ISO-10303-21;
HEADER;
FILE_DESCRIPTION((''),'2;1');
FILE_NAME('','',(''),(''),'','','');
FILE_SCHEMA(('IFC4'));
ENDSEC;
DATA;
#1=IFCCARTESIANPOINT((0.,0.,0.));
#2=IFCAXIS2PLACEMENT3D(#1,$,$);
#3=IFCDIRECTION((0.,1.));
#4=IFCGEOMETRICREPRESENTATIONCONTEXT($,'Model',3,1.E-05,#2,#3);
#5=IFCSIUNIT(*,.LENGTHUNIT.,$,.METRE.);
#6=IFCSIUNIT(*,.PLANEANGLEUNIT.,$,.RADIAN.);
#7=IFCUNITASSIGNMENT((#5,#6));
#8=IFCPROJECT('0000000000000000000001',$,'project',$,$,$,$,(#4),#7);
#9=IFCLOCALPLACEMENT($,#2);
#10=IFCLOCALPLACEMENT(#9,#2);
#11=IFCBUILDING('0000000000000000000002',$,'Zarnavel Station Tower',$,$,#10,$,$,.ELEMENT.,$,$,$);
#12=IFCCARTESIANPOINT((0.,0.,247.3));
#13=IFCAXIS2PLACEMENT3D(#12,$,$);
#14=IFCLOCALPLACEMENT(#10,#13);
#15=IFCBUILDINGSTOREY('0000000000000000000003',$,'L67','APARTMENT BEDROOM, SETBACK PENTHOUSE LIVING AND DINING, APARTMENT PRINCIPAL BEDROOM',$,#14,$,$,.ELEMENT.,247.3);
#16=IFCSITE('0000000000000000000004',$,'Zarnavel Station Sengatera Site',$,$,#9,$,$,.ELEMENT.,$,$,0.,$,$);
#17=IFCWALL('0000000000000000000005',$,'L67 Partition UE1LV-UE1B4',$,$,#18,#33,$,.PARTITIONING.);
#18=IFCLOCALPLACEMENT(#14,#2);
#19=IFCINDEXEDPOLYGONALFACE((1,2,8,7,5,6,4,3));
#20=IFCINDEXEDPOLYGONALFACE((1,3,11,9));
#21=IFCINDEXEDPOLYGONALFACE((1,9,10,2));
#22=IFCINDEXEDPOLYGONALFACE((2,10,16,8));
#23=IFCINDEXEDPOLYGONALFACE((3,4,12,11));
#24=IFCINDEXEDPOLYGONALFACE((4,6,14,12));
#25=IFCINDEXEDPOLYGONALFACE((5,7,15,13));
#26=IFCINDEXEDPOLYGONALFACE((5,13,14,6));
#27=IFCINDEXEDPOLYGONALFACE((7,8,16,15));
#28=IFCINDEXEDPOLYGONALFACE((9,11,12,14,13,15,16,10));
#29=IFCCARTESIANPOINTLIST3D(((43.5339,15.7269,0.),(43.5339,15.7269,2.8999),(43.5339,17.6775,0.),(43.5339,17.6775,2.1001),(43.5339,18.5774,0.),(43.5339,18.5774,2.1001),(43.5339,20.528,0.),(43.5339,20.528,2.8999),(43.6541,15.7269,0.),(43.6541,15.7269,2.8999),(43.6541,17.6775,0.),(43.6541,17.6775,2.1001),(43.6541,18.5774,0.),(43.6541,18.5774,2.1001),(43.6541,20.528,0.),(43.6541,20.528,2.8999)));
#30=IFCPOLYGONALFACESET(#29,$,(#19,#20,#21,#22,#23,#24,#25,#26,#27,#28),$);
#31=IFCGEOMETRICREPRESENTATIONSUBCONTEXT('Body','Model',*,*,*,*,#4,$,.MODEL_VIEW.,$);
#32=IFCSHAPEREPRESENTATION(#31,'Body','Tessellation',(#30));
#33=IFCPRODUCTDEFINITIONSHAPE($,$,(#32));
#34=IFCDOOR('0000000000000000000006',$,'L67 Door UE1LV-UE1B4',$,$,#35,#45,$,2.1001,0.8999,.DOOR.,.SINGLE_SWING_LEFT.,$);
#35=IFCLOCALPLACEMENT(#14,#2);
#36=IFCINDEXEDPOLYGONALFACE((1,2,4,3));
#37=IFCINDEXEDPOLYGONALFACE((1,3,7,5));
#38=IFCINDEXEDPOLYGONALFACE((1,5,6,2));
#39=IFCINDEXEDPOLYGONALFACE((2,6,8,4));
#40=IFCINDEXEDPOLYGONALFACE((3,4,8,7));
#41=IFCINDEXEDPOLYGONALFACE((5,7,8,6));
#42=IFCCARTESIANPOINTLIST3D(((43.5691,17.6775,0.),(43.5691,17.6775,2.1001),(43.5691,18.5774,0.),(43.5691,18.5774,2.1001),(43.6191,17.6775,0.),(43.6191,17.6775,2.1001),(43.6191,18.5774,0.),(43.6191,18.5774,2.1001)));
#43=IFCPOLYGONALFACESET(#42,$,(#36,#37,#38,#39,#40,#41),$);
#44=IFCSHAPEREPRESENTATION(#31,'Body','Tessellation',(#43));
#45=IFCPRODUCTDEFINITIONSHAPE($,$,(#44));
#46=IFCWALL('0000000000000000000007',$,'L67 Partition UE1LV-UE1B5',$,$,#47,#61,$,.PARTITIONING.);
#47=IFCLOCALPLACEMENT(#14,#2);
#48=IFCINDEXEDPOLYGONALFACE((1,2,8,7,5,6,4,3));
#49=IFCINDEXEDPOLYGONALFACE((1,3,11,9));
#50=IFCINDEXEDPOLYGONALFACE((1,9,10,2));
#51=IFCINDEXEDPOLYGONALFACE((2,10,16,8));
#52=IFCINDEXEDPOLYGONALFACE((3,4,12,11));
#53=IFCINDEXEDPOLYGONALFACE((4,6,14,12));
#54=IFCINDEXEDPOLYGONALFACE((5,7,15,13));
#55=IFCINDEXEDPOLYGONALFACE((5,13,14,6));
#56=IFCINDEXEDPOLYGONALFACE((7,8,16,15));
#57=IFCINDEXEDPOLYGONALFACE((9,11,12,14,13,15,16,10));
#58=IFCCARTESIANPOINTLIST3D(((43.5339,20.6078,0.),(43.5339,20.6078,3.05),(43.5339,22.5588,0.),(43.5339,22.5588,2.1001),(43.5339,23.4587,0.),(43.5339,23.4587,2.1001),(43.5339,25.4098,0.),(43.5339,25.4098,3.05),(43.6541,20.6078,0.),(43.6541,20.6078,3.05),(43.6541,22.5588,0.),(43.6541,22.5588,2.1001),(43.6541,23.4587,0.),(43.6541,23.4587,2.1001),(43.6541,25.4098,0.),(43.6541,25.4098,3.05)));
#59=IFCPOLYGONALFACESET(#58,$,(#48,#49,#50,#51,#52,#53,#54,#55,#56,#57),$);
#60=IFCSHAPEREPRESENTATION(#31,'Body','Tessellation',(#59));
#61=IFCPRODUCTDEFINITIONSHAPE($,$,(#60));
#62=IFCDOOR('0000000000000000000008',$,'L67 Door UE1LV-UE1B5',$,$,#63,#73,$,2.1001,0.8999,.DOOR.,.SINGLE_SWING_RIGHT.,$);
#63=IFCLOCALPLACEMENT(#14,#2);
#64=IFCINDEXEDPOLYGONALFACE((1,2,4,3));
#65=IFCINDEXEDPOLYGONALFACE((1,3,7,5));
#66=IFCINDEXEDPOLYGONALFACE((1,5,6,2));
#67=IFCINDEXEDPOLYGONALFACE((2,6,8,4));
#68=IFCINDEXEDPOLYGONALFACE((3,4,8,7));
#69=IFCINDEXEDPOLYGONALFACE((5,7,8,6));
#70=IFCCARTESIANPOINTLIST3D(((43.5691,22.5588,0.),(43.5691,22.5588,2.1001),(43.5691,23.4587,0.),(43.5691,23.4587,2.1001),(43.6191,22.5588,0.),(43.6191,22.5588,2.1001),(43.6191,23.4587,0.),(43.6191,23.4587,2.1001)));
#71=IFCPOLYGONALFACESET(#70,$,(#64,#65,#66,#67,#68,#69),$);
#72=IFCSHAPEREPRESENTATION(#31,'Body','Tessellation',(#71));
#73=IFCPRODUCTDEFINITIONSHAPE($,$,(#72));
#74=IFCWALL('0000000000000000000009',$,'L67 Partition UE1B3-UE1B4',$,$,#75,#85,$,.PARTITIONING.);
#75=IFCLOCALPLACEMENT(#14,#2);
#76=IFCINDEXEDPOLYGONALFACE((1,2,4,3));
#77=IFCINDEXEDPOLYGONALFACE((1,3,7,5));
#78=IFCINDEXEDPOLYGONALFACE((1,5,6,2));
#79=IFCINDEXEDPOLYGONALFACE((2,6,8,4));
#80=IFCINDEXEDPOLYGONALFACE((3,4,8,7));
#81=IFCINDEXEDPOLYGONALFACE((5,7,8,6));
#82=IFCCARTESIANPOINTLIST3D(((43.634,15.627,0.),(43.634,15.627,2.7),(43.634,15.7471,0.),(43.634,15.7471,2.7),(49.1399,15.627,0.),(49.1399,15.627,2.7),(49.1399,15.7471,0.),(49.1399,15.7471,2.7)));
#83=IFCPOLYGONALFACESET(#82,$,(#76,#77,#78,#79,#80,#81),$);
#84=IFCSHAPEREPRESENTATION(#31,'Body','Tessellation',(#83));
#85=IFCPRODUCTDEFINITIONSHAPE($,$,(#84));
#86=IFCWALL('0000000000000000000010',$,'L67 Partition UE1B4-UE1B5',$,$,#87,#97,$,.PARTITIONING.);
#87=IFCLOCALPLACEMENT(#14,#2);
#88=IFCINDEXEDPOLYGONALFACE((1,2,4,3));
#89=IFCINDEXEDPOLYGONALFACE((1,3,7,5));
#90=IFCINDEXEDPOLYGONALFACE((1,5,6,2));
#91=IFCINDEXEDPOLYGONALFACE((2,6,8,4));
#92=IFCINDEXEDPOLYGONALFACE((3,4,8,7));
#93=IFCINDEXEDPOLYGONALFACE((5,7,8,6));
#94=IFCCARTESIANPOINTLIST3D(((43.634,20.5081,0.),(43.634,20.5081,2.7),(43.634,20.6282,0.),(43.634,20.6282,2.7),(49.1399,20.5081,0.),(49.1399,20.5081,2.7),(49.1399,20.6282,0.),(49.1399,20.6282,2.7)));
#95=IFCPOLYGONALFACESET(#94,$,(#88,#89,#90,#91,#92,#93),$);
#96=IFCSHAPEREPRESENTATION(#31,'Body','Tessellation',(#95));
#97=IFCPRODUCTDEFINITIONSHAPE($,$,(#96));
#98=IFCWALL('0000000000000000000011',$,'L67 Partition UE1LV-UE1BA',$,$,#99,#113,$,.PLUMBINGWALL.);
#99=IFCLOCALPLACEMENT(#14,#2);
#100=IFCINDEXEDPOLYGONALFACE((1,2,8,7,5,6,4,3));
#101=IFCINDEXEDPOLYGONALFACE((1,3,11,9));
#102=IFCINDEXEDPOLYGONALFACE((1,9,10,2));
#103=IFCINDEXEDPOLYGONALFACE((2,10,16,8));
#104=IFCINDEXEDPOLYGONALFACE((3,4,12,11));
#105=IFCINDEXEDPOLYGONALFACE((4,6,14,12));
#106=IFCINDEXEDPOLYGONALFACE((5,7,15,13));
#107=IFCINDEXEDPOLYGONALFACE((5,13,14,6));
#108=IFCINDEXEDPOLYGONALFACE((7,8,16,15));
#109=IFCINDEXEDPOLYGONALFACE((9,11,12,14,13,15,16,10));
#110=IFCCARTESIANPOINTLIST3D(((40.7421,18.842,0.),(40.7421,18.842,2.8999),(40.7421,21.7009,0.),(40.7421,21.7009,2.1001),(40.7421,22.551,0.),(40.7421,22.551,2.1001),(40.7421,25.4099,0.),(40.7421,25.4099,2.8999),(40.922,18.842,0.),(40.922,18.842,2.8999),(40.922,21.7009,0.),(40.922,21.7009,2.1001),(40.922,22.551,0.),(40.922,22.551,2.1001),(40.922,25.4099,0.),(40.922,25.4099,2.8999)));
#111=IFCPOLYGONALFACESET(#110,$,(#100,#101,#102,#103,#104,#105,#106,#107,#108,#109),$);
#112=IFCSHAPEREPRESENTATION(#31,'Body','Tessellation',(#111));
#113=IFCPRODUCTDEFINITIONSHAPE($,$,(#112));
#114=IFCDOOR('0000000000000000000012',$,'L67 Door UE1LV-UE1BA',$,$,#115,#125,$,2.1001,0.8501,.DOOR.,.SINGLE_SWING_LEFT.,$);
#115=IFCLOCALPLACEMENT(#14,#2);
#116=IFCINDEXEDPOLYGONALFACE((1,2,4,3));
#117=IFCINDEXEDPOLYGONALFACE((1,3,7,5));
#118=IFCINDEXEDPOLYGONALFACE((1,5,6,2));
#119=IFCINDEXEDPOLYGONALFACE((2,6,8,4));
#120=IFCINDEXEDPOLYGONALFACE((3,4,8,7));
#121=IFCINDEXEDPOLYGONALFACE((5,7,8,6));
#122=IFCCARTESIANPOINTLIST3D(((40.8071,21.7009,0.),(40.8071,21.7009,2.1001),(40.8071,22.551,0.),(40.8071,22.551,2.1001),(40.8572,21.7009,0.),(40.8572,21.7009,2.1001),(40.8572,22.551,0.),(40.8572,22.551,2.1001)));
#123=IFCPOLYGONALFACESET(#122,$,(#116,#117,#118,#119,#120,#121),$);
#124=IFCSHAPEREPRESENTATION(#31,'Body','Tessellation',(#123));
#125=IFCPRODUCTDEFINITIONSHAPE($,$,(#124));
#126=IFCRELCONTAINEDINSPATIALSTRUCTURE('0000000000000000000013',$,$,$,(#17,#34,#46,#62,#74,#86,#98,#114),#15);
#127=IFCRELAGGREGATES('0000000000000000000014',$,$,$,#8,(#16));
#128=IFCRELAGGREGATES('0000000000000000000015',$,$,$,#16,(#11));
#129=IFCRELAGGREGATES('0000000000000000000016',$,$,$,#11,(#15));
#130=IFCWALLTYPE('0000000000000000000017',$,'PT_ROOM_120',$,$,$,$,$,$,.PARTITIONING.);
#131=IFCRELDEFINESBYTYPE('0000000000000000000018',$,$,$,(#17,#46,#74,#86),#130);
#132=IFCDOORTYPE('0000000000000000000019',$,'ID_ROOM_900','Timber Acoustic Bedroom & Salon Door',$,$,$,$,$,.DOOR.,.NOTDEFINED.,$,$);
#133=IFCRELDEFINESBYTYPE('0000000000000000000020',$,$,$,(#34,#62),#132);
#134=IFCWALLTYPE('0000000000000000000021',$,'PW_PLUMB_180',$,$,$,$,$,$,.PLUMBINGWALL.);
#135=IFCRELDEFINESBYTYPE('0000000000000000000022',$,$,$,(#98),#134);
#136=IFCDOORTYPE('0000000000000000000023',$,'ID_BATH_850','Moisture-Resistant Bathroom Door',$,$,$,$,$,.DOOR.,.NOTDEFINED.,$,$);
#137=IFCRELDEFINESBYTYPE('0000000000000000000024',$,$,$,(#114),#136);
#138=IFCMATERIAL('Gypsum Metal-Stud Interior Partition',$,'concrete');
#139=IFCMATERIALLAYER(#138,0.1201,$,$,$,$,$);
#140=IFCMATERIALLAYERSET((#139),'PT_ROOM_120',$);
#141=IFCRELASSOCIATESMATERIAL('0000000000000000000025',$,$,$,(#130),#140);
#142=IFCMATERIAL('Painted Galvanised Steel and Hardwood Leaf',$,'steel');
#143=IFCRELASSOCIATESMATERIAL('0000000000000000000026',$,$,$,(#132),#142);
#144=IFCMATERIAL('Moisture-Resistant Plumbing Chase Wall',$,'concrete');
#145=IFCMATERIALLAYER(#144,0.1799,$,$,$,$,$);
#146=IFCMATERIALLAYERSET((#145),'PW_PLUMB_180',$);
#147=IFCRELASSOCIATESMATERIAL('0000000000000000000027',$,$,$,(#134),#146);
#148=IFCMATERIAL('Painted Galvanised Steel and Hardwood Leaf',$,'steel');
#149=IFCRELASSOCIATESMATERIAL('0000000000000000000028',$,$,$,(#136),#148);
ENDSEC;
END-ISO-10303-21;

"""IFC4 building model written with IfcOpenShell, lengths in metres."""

from ifc_helpers import new_model, si_unit, direction, frame, frame_2d, origin, place, context, subcontext, project, spatial, rectangle, extrude, material, layer, layer_set, type_object, element, fill, save


model = new_model("IFC4")

# Units and contexts
model_context = context("Model", 3, precision=1e-05, world=origin(), true_north=direction((0.0, 1.0)))
body_context = subcontext(model_context, "Body", "Model", "MODEL_VIEW")
ifc_project = project(units=[si_unit("LENGTHUNIT", "METRE"), si_unit("PLANEANGLEUNIT", "RADIAN")], contexts=[model_context])

# Site, building, storey
site_placement = place(None, origin())
site = spatial("IfcSite", under=ifc_project, at=site_placement, Name="Zarnavel Station Sengatera Site", CompositionType="ELEMENT", RefElevation=0.0)
building_placement = place(site_placement, origin())
building = spatial("IfcBuilding", under=site, at=building_placement, Name="Zarnavel Station Tower", CompositionType="ELEMENT")
storey_placement = place(building_placement, frame((0.0, 0.0, 247.3)))
storey = spatial("IfcBuildingStorey", under=building, at=storey_placement, Name="L67", Description="APARTMENT BEDROOM, SETBACK PENTHOUSE LIVING AND DINING, APARTMENT PRINCIPAL BEDROOM", CompositionType="ELEMENT", Elevation=247.3)

# Walls, openings, doors
ifc_material_1 = material(Name="Gypsum Metal-Stud Interior Partition", Category="concrete")
ifc_layer_1 = layer(ifc_material_1, 0.1201)
ifc_layer_set_1 = layer_set([ifc_layer_1], Name="PT_ROOM_120")
wall_type_1 = type_object("IfcWallType", Name="PT_ROOM_120", PredefinedType="PARTITIONING", material=ifc_layer_set_1)
wall_1_placement = place(storey_placement, frame((43.594, 15.7271, 0.0), z_axis=(0.0, 0.0, 1.0), x_axis=(0.0, 1.0, 0.0)))
wall_1 = element("IfcWall", 1, at=wall_1_placement, inside=storey, type_object=wall_type_1, Name="L67 Partition UE1LV-UE1B4", PredefinedType="PARTITIONING", context=body_context, shape_type="SweptSolid", body=[
    extrude(rectangle(XDim=4.801, YDim=0.1201, at=frame_2d((2.4004, 0.0))), origin(), (0.0, 0.0, 1.0), 2.8999),
])
opening_1_placement = place(wall_1_placement, frame((1.9504, 0.0, 0.0)))
opening_1 = element("IfcOpeningElement", 2, at=opening_1_placement, cuts=wall_1, PredefinedType="OPENING", context=body_context, shape_type="SweptSolid", body=[
    extrude(rectangle(XDim=0.8999, YDim=2.1001, at=frame_2d((0.45, 1.05))), frame((0.0, 0.0701, 0.0), z_axis=(0.0, -1.0, 0.0), x_axis=(1.0, 0.0, 0.0)), (0.0, 0.0, 1.0), 0.1401),
])
ifc_material_2 = material(Name="Painted Galvanised Steel and Hardwood Leaf", Category="steel")
door_type_1 = type_object("IfcDoorType", Name="ID_ROOM_900", Description="Timber Acoustic Bedroom & Salon Door", OperationType="NOTDEFINED", PredefinedType="DOOR", material=ifc_material_2)
door_1_placement = place(opening_1_placement, origin())
door_1 = element("IfcDoor", 3, at=door_1_placement, inside=storey, type_object=door_type_1, Name="L67 Door UE1LV-UE1B4", OperationType="SINGLE_SWING_LEFT", OverallHeight=2.1001, OverallWidth=0.8999, PredefinedType="DOOR", context=body_context, shape_type="SweptSolid", body=[
    extrude(rectangle(XDim=0.8999, YDim=2.1001, at=frame_2d((0.45, 1.05))), frame((0.0, 0.0249, 0.0), z_axis=(0.0, -1.0, 0.0), x_axis=(1.0, 0.0, 0.0)), (0.0, 0.0, 1.0), 0.05),
])
fill(opening_1, door_1)
wall_2_placement = place(storey_placement, frame((43.594, 20.6079, 0.0), z_axis=(0.0, 0.0, 1.0), x_axis=(0.0, 1.0, 0.0)))
wall_2 = element("IfcWall", 4, at=wall_2_placement, inside=storey, type_object=wall_type_1, Name="L67 Partition UE1LV-UE1B5", PredefinedType="PARTITIONING", context=body_context, shape_type="SweptSolid", body=[
    extrude(rectangle(XDim=4.802, YDim=0.1201, at=frame_2d((2.4009, 0.0))), origin(), (0.0, 0.0, 1.0), 3.05),
])
opening_2_placement = place(wall_2_placement, frame((1.9509, 0.0, 0.0)))
opening_2 = element("IfcOpeningElement", 5, at=opening_2_placement, cuts=wall_2, PredefinedType="OPENING", context=body_context, shape_type="SweptSolid", body=[
    extrude(rectangle(XDim=0.8999, YDim=2.1001, at=frame_2d((0.45, 1.05))), frame((0.0, 0.0701, 0.0), z_axis=(0.0, -1.0, 0.0), x_axis=(1.0, 0.0, 0.0)), (0.0, 0.0, 1.0), 0.1401),
])
door_2_placement = place(opening_2_placement, origin())
door_2 = element("IfcDoor", 6, at=door_2_placement, inside=storey, type_object=door_type_1, Name="L67 Door UE1LV-UE1B5", OperationType="SINGLE_SWING_RIGHT", OverallHeight=2.1001, OverallWidth=0.8999, PredefinedType="DOOR", context=body_context, shape_type="SweptSolid", body=[
    extrude(rectangle(XDim=0.8999, YDim=2.1001, at=frame_2d((0.45, 1.05))), frame((0.0, 0.0249, 0.0), z_axis=(0.0, -1.0, 0.0), x_axis=(1.0, 0.0, 0.0)), (0.0, 0.0, 1.0), 0.05),
])
fill(opening_2, door_2)

# Walls
for number, where, z_axis, x_axis, name in (
    (7, (43.634, 15.687, 0.0), (0.0, 0.0, 1.0), (1.0, 0.0, 0.0), "L67 Partition UE1B3-UE1B4"),
    (8, (43.634, 20.5681, 0.0), (0.0, 0.0, 1.0), (1.0, 0.0, 0.0), "L67 Partition UE1B4-UE1B5"),
):
    element("IfcWall", number, at=place(storey_placement, frame(where, z_axis=z_axis, x_axis=x_axis)), inside=storey, type_object=wall_type_1, Name=name, PredefinedType="PARTITIONING", context=body_context, shape_type="SweptSolid", body=[
        extrude(rectangle(XDim=5.5059, YDim=0.1201, at=frame_2d((2.7529, 0.0))), origin(), (0.0, 0.0, 1.0), 2.7),
    ])

# Wall, opening, door
ifc_material_3 = material(Name="Moisture-Resistant Plumbing Chase Wall", Category="concrete")
ifc_layer_2 = layer(ifc_material_3, 0.1799)
ifc_layer_set_2 = layer_set([ifc_layer_2], Name="PW_PLUMB_180")
wall_type_2 = type_object("IfcWallType", Name="PW_PLUMB_180", PredefinedType="PLUMBINGWALL", material=ifc_layer_set_2)
wall_3_placement = place(storey_placement, frame((40.832, 18.842, 0.0), z_axis=(0.0, 0.0, 1.0), x_axis=(0.0, 1.0, 0.0)))
wall_3 = element("IfcWall", 9, at=wall_3_placement, inside=storey, type_object=wall_type_2, Name="L67 Partition UE1LV-UE1BA", PredefinedType="PLUMBINGWALL", context=body_context, shape_type="SweptSolid", body=[
    extrude(rectangle(XDim=6.5679, YDim=0.1799, at=frame_2d((3.2839, 0.0))), origin(), (0.0, 0.0, 1.0), 2.8999),
])
opening_3_placement = place(wall_3_placement, frame((2.8589, 0.0, 0.0)))
opening_3 = element("IfcOpeningElement", 10, at=opening_3_placement, cuts=wall_3, PredefinedType="OPENING", context=body_context, shape_type="SweptSolid", body=[
    extrude(rectangle(XDim=0.8501, YDim=2.1001, at=frame_2d((0.425, 1.05))), frame((0.0, 0.0999, 0.0), z_axis=(0.0, -1.0, 0.0), x_axis=(1.0, 0.0, 0.0)), (0.0, 0.0, 1.0), 0.2),
])
ifc_material_4 = material(Name="Painted Galvanised Steel and Hardwood Leaf", Category="steel")
door_type_2 = type_object("IfcDoorType", Name="ID_BATH_850", Description="Moisture-Resistant Bathroom Door", OperationType="NOTDEFINED", PredefinedType="DOOR", material=ifc_material_4)
door_3_placement = place(opening_3_placement, origin())
door_3 = element("IfcDoor", 11, at=door_3_placement, inside=storey, type_object=door_type_2, Name="L67 Door UE1LV-UE1BA", OperationType="SINGLE_SWING_LEFT", OverallHeight=2.1001, OverallWidth=0.8501, PredefinedType="DOOR", context=body_context, shape_type="SweptSolid", body=[
    extrude(rectangle(XDim=0.8501, YDim=2.1001, at=frame_2d((0.425, 1.05))), frame((0.0, 0.0249, 0.0), z_axis=(0.0, -1.0, 0.0), x_axis=(1.0, 0.0, 0.0)), (0.0, 0.0, 1.0), 0.05),
])
fill(opening_3, door_3)

save(model, "model.ifc")
